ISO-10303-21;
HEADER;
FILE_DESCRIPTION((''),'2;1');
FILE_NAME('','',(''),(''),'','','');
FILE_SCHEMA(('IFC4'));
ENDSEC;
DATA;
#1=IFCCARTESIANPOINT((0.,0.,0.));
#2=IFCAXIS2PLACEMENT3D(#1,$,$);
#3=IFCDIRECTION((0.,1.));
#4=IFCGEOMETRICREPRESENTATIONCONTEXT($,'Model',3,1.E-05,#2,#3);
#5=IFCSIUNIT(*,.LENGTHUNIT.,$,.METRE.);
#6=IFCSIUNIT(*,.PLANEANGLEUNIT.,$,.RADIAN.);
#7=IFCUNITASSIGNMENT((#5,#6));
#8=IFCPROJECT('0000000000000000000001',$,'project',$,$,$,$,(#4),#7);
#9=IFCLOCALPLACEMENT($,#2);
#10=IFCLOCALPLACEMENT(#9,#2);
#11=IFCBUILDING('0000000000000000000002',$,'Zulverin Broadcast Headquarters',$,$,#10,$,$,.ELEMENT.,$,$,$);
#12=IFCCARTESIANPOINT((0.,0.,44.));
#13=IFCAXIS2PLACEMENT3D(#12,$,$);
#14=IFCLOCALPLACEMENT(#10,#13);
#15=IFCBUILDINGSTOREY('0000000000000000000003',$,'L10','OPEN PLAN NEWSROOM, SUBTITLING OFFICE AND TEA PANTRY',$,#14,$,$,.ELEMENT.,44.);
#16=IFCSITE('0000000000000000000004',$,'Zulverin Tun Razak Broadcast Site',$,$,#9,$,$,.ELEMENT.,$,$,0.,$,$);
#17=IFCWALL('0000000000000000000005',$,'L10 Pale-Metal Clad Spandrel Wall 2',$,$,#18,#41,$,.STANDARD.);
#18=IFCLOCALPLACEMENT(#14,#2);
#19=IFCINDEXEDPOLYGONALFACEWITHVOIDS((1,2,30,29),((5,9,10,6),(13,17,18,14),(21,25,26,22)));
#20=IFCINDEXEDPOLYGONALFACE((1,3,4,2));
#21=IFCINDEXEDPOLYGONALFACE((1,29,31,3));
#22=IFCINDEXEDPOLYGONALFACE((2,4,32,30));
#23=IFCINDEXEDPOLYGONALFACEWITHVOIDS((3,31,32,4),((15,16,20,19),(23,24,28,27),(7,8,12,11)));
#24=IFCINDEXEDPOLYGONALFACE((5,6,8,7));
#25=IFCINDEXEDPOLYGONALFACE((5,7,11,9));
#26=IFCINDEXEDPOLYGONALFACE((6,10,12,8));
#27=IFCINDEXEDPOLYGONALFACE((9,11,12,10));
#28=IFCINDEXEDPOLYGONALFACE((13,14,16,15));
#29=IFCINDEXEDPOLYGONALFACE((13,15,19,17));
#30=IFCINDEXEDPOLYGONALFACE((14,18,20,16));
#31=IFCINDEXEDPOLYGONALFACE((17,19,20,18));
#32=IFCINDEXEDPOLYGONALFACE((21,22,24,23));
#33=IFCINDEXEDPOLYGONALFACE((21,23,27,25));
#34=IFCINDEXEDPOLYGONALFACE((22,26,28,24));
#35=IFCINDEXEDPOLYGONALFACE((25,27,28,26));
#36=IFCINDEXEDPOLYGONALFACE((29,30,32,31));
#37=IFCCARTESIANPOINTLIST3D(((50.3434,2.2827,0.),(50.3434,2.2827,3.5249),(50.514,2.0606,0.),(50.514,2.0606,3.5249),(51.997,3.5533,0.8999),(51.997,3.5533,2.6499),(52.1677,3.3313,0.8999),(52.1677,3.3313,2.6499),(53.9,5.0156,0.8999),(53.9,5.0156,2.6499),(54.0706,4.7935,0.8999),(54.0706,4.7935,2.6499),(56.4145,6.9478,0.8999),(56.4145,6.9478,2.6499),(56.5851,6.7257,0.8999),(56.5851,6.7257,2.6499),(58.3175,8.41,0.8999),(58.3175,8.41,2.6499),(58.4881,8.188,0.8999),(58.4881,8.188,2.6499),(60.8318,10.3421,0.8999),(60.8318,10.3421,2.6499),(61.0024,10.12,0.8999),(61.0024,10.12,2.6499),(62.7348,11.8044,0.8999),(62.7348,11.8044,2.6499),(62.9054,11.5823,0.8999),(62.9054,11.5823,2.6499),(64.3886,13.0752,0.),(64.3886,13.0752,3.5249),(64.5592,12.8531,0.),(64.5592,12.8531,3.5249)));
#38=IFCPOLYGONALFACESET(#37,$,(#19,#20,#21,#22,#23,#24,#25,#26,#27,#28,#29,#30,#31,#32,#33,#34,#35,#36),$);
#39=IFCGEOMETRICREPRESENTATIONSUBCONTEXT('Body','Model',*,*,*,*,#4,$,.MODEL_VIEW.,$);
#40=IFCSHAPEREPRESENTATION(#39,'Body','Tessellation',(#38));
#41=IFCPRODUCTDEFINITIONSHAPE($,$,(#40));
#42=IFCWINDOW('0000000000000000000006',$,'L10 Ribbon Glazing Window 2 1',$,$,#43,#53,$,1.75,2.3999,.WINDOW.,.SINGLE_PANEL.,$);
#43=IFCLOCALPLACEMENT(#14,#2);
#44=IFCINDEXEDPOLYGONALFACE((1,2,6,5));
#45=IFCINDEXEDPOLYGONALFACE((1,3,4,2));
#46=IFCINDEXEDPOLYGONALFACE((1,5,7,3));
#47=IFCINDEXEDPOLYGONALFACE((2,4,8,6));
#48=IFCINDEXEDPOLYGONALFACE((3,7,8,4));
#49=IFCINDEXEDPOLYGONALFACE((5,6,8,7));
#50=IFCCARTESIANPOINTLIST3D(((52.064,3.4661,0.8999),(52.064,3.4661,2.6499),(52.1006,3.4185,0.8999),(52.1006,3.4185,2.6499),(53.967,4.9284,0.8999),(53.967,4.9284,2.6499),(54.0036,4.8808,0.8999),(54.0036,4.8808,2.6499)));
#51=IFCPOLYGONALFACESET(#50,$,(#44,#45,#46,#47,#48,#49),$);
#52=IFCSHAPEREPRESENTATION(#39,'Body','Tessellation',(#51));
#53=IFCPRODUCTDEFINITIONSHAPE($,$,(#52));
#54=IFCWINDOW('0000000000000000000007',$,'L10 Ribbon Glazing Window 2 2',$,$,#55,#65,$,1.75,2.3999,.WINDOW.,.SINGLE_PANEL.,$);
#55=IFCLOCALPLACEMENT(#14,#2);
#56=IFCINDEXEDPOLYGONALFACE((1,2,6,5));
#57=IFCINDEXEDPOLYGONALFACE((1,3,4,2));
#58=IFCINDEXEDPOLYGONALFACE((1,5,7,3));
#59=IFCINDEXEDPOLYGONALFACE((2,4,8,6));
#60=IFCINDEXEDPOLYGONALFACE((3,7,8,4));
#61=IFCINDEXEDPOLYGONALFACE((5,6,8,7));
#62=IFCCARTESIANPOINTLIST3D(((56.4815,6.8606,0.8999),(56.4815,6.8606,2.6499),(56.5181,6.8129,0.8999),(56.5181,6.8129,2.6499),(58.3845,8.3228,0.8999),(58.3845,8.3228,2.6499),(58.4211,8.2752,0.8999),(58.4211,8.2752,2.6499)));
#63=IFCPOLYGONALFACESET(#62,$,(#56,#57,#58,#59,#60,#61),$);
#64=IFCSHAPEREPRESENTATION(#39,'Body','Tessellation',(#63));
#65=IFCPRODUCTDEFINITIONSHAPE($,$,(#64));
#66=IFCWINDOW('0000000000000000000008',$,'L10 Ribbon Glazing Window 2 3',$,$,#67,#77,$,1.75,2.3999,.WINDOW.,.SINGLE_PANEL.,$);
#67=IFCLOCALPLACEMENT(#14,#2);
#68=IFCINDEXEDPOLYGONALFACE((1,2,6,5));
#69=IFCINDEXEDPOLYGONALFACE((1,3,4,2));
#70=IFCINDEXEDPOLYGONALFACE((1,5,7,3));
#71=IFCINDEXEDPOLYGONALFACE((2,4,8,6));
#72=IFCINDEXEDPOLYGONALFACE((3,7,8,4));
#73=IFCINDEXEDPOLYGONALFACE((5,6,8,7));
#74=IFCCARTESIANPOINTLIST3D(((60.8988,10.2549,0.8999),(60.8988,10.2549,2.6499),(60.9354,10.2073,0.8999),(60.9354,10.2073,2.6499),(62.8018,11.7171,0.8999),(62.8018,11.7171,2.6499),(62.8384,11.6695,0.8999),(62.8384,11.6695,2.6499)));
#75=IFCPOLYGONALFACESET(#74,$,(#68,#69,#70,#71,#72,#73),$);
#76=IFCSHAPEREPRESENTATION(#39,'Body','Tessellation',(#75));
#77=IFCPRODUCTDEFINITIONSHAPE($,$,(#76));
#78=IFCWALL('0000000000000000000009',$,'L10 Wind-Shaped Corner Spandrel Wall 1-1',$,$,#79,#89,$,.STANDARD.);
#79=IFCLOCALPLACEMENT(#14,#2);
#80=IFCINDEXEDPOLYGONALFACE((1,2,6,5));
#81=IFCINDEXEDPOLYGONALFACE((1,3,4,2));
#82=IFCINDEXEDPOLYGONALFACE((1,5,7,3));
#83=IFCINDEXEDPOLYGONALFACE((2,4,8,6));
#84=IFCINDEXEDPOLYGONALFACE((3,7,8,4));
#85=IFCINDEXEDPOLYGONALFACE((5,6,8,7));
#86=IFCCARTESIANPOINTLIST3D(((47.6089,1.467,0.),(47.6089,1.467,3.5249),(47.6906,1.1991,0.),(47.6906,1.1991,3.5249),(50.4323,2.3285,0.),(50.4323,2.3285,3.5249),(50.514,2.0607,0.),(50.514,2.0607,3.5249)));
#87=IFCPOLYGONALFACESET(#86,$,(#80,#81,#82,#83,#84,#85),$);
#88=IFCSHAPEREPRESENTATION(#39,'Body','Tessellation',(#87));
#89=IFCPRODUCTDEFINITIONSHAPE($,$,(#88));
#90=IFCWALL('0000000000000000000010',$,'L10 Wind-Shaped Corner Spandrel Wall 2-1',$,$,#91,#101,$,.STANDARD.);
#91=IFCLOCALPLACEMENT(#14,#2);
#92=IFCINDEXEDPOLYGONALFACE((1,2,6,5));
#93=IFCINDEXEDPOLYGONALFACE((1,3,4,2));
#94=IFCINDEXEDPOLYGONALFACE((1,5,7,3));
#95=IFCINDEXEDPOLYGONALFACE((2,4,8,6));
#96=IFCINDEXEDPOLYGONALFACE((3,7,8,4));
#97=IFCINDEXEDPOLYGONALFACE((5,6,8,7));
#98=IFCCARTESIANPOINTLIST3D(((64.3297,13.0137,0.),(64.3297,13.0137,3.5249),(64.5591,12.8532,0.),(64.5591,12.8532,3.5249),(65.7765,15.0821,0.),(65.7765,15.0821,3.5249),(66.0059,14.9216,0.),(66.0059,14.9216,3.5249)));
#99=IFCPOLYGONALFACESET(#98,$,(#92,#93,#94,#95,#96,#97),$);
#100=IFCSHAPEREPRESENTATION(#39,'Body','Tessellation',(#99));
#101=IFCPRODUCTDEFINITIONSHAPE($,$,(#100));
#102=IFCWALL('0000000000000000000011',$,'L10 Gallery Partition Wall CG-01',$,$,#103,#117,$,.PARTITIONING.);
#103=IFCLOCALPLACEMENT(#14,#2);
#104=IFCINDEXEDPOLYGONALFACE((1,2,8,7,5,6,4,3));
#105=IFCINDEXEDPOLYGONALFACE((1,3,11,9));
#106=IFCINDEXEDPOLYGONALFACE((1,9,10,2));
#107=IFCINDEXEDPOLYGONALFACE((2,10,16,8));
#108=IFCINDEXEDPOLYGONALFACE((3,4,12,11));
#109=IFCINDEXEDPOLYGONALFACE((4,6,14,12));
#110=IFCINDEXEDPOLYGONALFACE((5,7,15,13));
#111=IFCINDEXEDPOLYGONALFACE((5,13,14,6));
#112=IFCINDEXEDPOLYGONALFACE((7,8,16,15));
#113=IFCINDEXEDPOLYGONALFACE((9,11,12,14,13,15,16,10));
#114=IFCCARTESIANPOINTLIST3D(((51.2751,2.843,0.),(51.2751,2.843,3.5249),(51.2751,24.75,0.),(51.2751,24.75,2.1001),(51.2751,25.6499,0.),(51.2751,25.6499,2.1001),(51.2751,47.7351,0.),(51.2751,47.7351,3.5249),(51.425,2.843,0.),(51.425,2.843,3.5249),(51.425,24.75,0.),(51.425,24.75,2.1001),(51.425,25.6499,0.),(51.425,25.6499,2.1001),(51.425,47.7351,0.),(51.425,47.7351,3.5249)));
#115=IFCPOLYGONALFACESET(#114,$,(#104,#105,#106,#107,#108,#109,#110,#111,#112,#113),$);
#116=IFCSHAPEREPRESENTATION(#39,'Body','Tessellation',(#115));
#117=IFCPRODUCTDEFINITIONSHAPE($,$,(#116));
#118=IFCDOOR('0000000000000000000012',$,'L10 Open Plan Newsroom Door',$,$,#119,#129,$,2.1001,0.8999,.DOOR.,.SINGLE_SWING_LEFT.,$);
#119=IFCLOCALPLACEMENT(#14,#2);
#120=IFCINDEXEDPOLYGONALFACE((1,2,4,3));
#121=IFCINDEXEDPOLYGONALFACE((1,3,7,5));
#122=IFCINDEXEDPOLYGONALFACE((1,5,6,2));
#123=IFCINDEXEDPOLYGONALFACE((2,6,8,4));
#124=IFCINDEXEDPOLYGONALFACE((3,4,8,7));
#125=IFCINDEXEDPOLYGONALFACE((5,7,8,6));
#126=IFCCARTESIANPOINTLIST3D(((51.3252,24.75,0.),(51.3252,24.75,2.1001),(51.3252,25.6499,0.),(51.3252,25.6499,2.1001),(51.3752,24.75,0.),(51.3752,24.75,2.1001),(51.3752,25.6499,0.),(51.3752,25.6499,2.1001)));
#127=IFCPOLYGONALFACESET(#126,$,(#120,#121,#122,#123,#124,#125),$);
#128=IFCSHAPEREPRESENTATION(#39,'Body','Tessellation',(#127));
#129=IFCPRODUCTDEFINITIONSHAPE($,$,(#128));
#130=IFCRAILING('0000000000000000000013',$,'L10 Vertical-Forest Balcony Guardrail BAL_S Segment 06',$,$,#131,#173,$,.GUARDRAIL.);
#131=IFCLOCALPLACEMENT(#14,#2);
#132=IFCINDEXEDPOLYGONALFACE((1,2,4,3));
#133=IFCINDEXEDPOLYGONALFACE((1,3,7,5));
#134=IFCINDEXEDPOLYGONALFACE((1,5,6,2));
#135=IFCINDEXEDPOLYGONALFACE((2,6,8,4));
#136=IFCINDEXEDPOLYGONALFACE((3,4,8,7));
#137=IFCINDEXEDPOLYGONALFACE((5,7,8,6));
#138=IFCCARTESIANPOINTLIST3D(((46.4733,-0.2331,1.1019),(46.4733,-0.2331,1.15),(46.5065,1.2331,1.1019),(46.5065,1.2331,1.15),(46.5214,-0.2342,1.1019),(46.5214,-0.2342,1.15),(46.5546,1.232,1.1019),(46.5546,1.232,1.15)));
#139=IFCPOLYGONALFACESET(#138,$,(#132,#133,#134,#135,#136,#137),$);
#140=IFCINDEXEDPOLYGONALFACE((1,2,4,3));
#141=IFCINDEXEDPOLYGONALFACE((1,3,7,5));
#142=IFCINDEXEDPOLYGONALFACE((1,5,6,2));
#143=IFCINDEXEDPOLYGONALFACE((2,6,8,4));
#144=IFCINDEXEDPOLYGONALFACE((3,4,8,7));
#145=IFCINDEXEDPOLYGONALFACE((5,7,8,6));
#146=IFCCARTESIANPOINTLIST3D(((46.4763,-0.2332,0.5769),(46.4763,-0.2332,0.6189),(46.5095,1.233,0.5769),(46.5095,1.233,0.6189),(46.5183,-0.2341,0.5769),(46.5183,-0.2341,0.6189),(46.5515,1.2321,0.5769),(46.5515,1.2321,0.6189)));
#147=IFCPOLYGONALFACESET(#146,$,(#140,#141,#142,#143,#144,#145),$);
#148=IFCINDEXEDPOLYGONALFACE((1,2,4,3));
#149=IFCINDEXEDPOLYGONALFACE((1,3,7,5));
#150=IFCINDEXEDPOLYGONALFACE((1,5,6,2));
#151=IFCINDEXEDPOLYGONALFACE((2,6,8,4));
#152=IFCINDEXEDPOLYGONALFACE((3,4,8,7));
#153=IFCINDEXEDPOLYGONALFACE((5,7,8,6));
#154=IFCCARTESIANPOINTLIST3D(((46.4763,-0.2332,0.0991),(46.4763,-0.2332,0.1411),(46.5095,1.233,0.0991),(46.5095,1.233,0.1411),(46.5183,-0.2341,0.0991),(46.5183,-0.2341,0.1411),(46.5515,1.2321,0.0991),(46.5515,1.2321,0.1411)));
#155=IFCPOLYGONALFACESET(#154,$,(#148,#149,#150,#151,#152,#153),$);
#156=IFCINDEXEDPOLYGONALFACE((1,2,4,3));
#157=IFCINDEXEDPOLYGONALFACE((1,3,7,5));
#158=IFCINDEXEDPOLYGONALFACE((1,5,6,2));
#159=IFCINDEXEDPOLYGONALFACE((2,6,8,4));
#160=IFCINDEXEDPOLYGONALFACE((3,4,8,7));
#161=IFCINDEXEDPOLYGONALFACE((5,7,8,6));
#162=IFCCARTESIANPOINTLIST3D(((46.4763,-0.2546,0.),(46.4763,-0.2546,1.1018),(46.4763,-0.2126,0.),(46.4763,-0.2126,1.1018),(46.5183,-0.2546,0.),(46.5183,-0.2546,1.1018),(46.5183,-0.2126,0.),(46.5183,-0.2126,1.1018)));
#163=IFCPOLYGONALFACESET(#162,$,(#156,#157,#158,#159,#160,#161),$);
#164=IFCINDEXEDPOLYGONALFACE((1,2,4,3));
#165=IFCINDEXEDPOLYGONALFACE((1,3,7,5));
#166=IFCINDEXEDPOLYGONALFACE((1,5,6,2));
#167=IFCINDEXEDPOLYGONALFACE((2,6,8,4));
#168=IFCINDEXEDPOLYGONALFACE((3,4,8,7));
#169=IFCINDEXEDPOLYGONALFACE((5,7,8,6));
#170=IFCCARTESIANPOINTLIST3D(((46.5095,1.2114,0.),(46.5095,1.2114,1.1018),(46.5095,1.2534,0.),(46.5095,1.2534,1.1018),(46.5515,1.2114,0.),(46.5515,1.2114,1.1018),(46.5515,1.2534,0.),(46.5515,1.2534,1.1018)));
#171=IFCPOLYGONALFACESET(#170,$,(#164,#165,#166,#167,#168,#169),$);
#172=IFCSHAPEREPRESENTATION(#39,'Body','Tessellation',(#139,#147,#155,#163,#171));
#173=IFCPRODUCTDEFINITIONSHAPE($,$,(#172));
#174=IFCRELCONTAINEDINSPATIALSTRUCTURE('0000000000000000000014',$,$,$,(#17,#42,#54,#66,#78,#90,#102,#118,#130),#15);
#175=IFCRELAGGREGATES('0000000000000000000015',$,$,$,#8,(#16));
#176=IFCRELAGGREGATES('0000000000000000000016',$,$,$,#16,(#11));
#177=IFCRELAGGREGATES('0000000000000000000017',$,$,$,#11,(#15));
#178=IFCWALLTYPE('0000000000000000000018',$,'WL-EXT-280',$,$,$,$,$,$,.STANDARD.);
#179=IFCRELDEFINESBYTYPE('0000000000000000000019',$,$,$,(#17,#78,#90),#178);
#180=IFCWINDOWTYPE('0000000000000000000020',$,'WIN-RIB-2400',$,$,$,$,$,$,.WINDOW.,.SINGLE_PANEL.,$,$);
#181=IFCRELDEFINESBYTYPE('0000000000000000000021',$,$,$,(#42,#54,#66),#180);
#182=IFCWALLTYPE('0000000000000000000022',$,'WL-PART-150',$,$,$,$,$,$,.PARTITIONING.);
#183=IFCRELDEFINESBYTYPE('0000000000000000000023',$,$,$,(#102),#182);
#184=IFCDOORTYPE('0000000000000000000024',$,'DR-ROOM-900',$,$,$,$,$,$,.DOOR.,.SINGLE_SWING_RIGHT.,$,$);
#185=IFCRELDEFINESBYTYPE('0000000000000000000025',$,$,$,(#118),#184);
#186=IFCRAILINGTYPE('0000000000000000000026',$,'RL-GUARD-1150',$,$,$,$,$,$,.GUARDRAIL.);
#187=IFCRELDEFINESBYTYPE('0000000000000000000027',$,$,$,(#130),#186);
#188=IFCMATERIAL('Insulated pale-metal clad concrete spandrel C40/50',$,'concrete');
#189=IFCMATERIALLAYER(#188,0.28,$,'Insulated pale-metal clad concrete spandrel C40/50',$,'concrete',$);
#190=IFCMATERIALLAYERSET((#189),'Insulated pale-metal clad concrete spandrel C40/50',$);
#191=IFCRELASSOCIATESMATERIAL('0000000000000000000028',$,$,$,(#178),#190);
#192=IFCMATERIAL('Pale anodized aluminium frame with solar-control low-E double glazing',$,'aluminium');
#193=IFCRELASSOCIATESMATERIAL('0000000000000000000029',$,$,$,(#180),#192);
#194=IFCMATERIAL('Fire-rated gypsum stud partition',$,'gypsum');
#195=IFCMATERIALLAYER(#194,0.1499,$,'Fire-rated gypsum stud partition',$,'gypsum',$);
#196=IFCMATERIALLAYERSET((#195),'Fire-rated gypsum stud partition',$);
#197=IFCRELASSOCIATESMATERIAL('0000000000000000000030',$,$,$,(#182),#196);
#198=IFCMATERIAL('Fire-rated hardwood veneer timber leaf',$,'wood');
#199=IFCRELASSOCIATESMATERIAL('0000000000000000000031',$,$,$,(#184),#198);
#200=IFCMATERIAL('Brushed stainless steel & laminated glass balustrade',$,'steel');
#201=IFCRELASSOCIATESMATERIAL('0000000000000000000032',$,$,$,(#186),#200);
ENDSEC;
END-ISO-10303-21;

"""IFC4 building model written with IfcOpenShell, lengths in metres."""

from ifc_helpers import new_model, si_unit, direction, frame, frame_2d, origin, origin_2d, place, context, subcontext, project, spatial, rectangle, extrude, material, layer, layer_set, type_object, element, fill, save


model = new_model("IFC4")

# Units and contexts
model_context = context("Model", 3, precision=1e-05, world=origin(), true_north=direction((0.0, 1.0)))
body_context = subcontext(model_context, "Body", "Model", "MODEL_VIEW")
ifc_project = project(units=[si_unit("LENGTHUNIT", "METRE"), si_unit("PLANEANGLEUNIT", "RADIAN")], contexts=[model_context])

# Site, building, storey
site_placement = place(None, origin())
site = spatial("IfcSite", under=ifc_project, at=site_placement, Name="Zulverin Tun Razak Broadcast Site", CompositionType="ELEMENT", RefElevation=0.0)
building_placement = place(site_placement, origin())
building = spatial("IfcBuilding", under=site, at=building_placement, Name="Zulverin Broadcast Headquarters", CompositionType="ELEMENT")
storey_placement = place(building_placement, frame((0.0, 0.0, 44.0)))
storey = spatial("IfcBuildingStorey", under=building, at=storey_placement, Name="L10", Description="OPEN PLAN NEWSROOM, SUBTITLING OFFICE AND TEA PANTRY", CompositionType="ELEMENT", Elevation=44.0)

# Wall, openings, windows
ifc_material_1 = material(Name="Insulated pale-metal clad concrete spandrel C40/50", Category="concrete")
ifc_layer_1 = layer(ifc_material_1, 0.28, Name="Insulated pale-metal clad concrete spandrel C40/50", Category="concrete")
ifc_layer_set_1 = layer_set([ifc_layer_1], Name="Insulated pale-metal clad concrete spandrel C40/50")
wall_type_1 = type_object("IfcWallType", Name="WL-EXT-280", PredefinedType="STANDARD", material=ifc_layer_set_1)
wall_1_placement = place(storey_placement, frame((50.4287, 2.1716, 0.0), z_axis=(0.0, 0.0, 1.0), x_axis=(0.792937, 0.609303, 0.0)))
wall_1 = element("IfcWall", 1, at=wall_1_placement, inside=storey, type_object=wall_type_1, Name="L10 Pale-Metal Clad Spandrel Wall 2", PredefinedType="STANDARD", context=body_context, shape_type="SweptSolid", body=[
    extrude(rectangle(XDim=17.7129, YDim=0.28, at=frame_2d((8.8564, 0.0))), origin(), (0.0, 0.0, 1.0), 3.5249),
])
opening_1_placement = place(wall_1_placement, frame((2.0854, 0.0, 0.8999)))
opening_1 = element("IfcOpeningElement", 2, at=opening_1_placement, cuts=wall_1, PredefinedType="OPENING", context=body_context, shape_type="SweptSolid", body=[
    extrude(rectangle(XDim=2.3999, YDim=1.75, at=frame_2d((1.2, 0.875))), frame((0.0, 0.1499, 0.0), z_axis=(0.0, -1.0, 0.0), x_axis=(1.0, 0.0, 0.0)), (0.0, 0.0, 1.0), 0.3),
])
opening_2_placement = place(wall_1_placement, frame((7.6565, 0.0, 0.8999)))
opening_2 = element("IfcOpeningElement", 3, at=opening_2_placement, cuts=wall_1, PredefinedType="OPENING", context=body_context, shape_type="SweptSolid", body=[
    extrude(rectangle(XDim=2.3999, YDim=1.75, at=frame_2d((1.2, 0.875))), frame((0.0, 0.1499, 0.0), z_axis=(0.0, -1.0, 0.0), x_axis=(1.0, 0.0, 0.0)), (0.0, 0.0, 1.0), 0.3),
])
opening_3_placement = place(wall_1_placement, frame((13.2273, 0.0, 0.8999)))
opening_3 = element("IfcOpeningElement", 4, at=opening_3_placement, cuts=wall_1, PredefinedType="OPENING", context=body_context, shape_type="SweptSolid", body=[
    extrude(rectangle(XDim=2.3999, YDim=1.75, at=frame_2d((1.2, 0.875))), frame((0.0, 0.1499, 0.0), z_axis=(0.0, -1.0, 0.0), x_axis=(1.0, 0.0, 0.0)), (0.0, 0.0, 1.0), 0.3),
])
ifc_material_2 = material(Name="Pale anodized aluminium frame with solar-control low-E double glazing", Category="aluminium")
window_type = type_object("IfcWindowType", Name="WIN-RIB-2400", PartitioningType="SINGLE_PANEL", PredefinedType="WINDOW", material=ifc_material_2)
window_1_placement = place(opening_1_placement, origin())
window_1 = element("IfcWindow", 5, at=window_1_placement, inside=storey, type_object=window_type, Name="L10 Ribbon Glazing Window 2 1", OverallHeight=1.75, OverallWidth=2.3999, PartitioningType="SINGLE_PANEL", PredefinedType="WINDOW", context=body_context, shape_type="SweptSolid", body=[
    extrude(rectangle(XDim=2.3999, YDim=1.75, at=frame_2d((1.2, 0.875))), frame((0.0, 0.03, 0.0), z_axis=(0.0, -1.0, 0.0), x_axis=(1.0, 0.0, 0.0)), (0.0, 0.0, 1.0), 0.0601),
])
fill(opening_1, window_1)
window_2_placement = place(opening_2_placement, origin())
window_2 = element("IfcWindow", 6, at=window_2_placement, inside=storey, type_object=window_type, Name="L10 Ribbon Glazing Window 2 2", OverallHeight=1.75, OverallWidth=2.3999, PartitioningType="SINGLE_PANEL", PredefinedType="WINDOW", context=body_context, shape_type="SweptSolid", body=[
    extrude(rectangle(XDim=2.3999, YDim=1.75, at=frame_2d((1.2, 0.875))), frame((0.0, 0.03, 0.0), z_axis=(0.0, -1.0, 0.0), x_axis=(1.0, 0.0, 0.0)), (0.0, 0.0, 1.0), 0.0601),
])
fill(opening_2, window_2)
window_3_placement = place(opening_3_placement, origin())
window_3 = element("IfcWindow", 7, at=window_3_placement, inside=storey, type_object=window_type, Name="L10 Ribbon Glazing Window 2 3", OverallHeight=1.75, OverallWidth=2.3999, PartitioningType="SINGLE_PANEL", PredefinedType="WINDOW", context=body_context, shape_type="SweptSolid", body=[
    extrude(rectangle(XDim=2.3999, YDim=1.75, at=frame_2d((1.2, 0.875))), frame((0.0, 0.03, 0.0), z_axis=(0.0, -1.0, 0.0), x_axis=(1.0, 0.0, 0.0)), (0.0, 0.0, 1.0), 0.0601),
])
fill(opening_3, window_3)

# Walls
wall_2_placement = place(storey_placement, frame((47.6497, 1.333, 0.0), z_axis=(0.0, 0.0, 1.0), x_axis=(0.956461, 0.291859, 0.0)))
element("IfcWall", 8, at=wall_2_placement, inside=storey, type_object=wall_type_1, Name="L10 Wind-Shaped Corner Spandrel Wall 1-1", PredefinedType="STANDARD", context=body_context, shape_type="SweptSolid", body=[
    extrude(rectangle(XDim=2.9519, YDim=0.28, at=frame_2d((1.4761, 0.0))), origin(), (0.0, 0.0, 1.0), 3.5249),
])
wall_3_placement = place(storey_placement, frame((64.4443, 12.9333, 0.0), z_axis=(0.0, 0.0, 1.0), x_axis=(0.573177, 0.819432, 0.0)))
element("IfcWall", 9, at=wall_3_placement, inside=storey, type_object=wall_type_1, Name="L10 Wind-Shaped Corner Spandrel Wall 2-1", PredefinedType="STANDARD", context=body_context, shape_type="SweptSolid", body=[
    extrude(rectangle(XDim=2.5242, YDim=0.28, at=frame_2d((1.2622, 0.0))), origin(), (0.0, 0.0, 1.0), 3.5249),
])

# Wall, opening, door
ifc_material_3 = material(Name="Fire-rated gypsum stud partition", Category="gypsum")
ifc_layer_2 = layer(ifc_material_3, 0.1499, Name="Fire-rated gypsum stud partition", Category="gypsum")
ifc_layer_set_2 = layer_set([ifc_layer_2], Name="Fire-rated gypsum stud partition")
wall_type_2 = type_object("IfcWallType", Name="WL-PART-150", PredefinedType="PARTITIONING", material=ifc_layer_set_2)
wall_4_placement = place(storey_placement, frame((51.3501, 2.843, 0.0), z_axis=(0.0, 0.0, 1.0), x_axis=(0.0, 1.0, 0.0)))
wall_4 = element("IfcWall", 10, at=wall_4_placement, inside=storey, type_object=wall_type_2, Name="L10 Gallery Partition Wall CG-01", PredefinedType="PARTITIONING", context=body_context, shape_type="SweptSolid", body=[
    extrude(rectangle(XDim=44.8921, YDim=0.1499, at=frame_2d((22.446, 0.0))), origin(), (0.0, 0.0, 1.0), 3.5249),
])
opening_4_placement = place(wall_4_placement, frame((21.907, 0.0, 0.0)))
opening_4 = element("IfcOpeningElement", 11, at=opening_4_placement, cuts=wall_4, PredefinedType="OPENING", context=body_context, shape_type="SweptSolid", body=[
    extrude(rectangle(XDim=0.8999, YDim=2.1001, at=frame_2d((0.45, 1.05))), frame((0.0, 0.085, 0.0), z_axis=(0.0, -1.0, 0.0), x_axis=(1.0, 0.0, 0.0)), (0.0, 0.0, 1.0), 0.1699),
])
ifc_material_4 = material(Name="Fire-rated hardwood veneer timber leaf", Category="wood")
door_type = type_object("IfcDoorType", Name="DR-ROOM-900", OperationType="SINGLE_SWING_RIGHT", PredefinedType="DOOR", material=ifc_material_4)
door_placement = place(opening_4_placement, origin())
door = element("IfcDoor", 12, at=door_placement, inside=storey, type_object=door_type, Name="L10 Open Plan Newsroom Door", OperationType="SINGLE_SWING_LEFT", OverallHeight=2.1001, OverallWidth=0.8999, PredefinedType="DOOR", context=body_context, shape_type="SweptSolid", body=[
    extrude(rectangle(XDim=0.8999, YDim=2.1001, at=frame_2d((0.45, 1.05))), frame((0.0, 0.0249, 0.0), z_axis=(0.0, -1.0, 0.0), x_axis=(1.0, 0.0, 0.0)), (0.0, 0.0, 1.0), 0.05),
])
fill(opening_4, door)

# Railing
ifc_material_5 = material(Name="Brushed stainless steel & laminated glass balustrade", Category="steel")
railing_type = type_object("IfcRailingType", Name="RL-GUARD-1150", PredefinedType="GUARDRAIL", material=ifc_material_5)
railing_placement = place(storey_placement, frame((46.4973, -0.2336, 0.0)))
element("IfcRailing", 13, at=railing_placement, inside=storey, type_object=railing_type, Name="L10 Vertical-Forest Balcony Guardrail BAL_S Segment 06", PredefinedType="GUARDRAIL", context=body_context, shape_type="SweptSolid", body=[
    extrude(rectangle(XDim=0.0481, YDim=0.0481, at=origin_2d()), frame((0.0, 0.0, 1.126), z_axis=(0.022642, 0.999744, 0.0), x_axis=(-0.999744, 0.022642, 0.0)), (0.0, 0.0, 1.0), 1.4666),
    extrude(rectangle(XDim=0.042, YDim=0.042, at=origin_2d()), frame((0.0, 0.0, 0.5979), z_axis=(0.022642, 0.999744, 0.0), x_axis=(-0.999744, 0.022642, 0.0)), (0.0, 0.0, 1.0), 1.4666),
    extrude(rectangle(XDim=0.042, YDim=0.042, at=origin_2d()), frame((0.0, 0.0, 0.1201), z_axis=(0.022642, 0.999744, 0.0), x_axis=(-0.999744, 0.022642, 0.0)), (0.0, 0.0, 1.0), 1.4666),
    extrude(rectangle(XDim=0.042, YDim=0.042, at=origin_2d()), origin(), (0.0, 0.0, 1.0), 1.1018),
    extrude(rectangle(XDim=0.042, YDim=0.042, at=origin_2d()), frame((0.0332, 1.4661, 0.0)), (0.0, 0.0, 1.0), 1.1018),
])

save(model, "model.ifc")
